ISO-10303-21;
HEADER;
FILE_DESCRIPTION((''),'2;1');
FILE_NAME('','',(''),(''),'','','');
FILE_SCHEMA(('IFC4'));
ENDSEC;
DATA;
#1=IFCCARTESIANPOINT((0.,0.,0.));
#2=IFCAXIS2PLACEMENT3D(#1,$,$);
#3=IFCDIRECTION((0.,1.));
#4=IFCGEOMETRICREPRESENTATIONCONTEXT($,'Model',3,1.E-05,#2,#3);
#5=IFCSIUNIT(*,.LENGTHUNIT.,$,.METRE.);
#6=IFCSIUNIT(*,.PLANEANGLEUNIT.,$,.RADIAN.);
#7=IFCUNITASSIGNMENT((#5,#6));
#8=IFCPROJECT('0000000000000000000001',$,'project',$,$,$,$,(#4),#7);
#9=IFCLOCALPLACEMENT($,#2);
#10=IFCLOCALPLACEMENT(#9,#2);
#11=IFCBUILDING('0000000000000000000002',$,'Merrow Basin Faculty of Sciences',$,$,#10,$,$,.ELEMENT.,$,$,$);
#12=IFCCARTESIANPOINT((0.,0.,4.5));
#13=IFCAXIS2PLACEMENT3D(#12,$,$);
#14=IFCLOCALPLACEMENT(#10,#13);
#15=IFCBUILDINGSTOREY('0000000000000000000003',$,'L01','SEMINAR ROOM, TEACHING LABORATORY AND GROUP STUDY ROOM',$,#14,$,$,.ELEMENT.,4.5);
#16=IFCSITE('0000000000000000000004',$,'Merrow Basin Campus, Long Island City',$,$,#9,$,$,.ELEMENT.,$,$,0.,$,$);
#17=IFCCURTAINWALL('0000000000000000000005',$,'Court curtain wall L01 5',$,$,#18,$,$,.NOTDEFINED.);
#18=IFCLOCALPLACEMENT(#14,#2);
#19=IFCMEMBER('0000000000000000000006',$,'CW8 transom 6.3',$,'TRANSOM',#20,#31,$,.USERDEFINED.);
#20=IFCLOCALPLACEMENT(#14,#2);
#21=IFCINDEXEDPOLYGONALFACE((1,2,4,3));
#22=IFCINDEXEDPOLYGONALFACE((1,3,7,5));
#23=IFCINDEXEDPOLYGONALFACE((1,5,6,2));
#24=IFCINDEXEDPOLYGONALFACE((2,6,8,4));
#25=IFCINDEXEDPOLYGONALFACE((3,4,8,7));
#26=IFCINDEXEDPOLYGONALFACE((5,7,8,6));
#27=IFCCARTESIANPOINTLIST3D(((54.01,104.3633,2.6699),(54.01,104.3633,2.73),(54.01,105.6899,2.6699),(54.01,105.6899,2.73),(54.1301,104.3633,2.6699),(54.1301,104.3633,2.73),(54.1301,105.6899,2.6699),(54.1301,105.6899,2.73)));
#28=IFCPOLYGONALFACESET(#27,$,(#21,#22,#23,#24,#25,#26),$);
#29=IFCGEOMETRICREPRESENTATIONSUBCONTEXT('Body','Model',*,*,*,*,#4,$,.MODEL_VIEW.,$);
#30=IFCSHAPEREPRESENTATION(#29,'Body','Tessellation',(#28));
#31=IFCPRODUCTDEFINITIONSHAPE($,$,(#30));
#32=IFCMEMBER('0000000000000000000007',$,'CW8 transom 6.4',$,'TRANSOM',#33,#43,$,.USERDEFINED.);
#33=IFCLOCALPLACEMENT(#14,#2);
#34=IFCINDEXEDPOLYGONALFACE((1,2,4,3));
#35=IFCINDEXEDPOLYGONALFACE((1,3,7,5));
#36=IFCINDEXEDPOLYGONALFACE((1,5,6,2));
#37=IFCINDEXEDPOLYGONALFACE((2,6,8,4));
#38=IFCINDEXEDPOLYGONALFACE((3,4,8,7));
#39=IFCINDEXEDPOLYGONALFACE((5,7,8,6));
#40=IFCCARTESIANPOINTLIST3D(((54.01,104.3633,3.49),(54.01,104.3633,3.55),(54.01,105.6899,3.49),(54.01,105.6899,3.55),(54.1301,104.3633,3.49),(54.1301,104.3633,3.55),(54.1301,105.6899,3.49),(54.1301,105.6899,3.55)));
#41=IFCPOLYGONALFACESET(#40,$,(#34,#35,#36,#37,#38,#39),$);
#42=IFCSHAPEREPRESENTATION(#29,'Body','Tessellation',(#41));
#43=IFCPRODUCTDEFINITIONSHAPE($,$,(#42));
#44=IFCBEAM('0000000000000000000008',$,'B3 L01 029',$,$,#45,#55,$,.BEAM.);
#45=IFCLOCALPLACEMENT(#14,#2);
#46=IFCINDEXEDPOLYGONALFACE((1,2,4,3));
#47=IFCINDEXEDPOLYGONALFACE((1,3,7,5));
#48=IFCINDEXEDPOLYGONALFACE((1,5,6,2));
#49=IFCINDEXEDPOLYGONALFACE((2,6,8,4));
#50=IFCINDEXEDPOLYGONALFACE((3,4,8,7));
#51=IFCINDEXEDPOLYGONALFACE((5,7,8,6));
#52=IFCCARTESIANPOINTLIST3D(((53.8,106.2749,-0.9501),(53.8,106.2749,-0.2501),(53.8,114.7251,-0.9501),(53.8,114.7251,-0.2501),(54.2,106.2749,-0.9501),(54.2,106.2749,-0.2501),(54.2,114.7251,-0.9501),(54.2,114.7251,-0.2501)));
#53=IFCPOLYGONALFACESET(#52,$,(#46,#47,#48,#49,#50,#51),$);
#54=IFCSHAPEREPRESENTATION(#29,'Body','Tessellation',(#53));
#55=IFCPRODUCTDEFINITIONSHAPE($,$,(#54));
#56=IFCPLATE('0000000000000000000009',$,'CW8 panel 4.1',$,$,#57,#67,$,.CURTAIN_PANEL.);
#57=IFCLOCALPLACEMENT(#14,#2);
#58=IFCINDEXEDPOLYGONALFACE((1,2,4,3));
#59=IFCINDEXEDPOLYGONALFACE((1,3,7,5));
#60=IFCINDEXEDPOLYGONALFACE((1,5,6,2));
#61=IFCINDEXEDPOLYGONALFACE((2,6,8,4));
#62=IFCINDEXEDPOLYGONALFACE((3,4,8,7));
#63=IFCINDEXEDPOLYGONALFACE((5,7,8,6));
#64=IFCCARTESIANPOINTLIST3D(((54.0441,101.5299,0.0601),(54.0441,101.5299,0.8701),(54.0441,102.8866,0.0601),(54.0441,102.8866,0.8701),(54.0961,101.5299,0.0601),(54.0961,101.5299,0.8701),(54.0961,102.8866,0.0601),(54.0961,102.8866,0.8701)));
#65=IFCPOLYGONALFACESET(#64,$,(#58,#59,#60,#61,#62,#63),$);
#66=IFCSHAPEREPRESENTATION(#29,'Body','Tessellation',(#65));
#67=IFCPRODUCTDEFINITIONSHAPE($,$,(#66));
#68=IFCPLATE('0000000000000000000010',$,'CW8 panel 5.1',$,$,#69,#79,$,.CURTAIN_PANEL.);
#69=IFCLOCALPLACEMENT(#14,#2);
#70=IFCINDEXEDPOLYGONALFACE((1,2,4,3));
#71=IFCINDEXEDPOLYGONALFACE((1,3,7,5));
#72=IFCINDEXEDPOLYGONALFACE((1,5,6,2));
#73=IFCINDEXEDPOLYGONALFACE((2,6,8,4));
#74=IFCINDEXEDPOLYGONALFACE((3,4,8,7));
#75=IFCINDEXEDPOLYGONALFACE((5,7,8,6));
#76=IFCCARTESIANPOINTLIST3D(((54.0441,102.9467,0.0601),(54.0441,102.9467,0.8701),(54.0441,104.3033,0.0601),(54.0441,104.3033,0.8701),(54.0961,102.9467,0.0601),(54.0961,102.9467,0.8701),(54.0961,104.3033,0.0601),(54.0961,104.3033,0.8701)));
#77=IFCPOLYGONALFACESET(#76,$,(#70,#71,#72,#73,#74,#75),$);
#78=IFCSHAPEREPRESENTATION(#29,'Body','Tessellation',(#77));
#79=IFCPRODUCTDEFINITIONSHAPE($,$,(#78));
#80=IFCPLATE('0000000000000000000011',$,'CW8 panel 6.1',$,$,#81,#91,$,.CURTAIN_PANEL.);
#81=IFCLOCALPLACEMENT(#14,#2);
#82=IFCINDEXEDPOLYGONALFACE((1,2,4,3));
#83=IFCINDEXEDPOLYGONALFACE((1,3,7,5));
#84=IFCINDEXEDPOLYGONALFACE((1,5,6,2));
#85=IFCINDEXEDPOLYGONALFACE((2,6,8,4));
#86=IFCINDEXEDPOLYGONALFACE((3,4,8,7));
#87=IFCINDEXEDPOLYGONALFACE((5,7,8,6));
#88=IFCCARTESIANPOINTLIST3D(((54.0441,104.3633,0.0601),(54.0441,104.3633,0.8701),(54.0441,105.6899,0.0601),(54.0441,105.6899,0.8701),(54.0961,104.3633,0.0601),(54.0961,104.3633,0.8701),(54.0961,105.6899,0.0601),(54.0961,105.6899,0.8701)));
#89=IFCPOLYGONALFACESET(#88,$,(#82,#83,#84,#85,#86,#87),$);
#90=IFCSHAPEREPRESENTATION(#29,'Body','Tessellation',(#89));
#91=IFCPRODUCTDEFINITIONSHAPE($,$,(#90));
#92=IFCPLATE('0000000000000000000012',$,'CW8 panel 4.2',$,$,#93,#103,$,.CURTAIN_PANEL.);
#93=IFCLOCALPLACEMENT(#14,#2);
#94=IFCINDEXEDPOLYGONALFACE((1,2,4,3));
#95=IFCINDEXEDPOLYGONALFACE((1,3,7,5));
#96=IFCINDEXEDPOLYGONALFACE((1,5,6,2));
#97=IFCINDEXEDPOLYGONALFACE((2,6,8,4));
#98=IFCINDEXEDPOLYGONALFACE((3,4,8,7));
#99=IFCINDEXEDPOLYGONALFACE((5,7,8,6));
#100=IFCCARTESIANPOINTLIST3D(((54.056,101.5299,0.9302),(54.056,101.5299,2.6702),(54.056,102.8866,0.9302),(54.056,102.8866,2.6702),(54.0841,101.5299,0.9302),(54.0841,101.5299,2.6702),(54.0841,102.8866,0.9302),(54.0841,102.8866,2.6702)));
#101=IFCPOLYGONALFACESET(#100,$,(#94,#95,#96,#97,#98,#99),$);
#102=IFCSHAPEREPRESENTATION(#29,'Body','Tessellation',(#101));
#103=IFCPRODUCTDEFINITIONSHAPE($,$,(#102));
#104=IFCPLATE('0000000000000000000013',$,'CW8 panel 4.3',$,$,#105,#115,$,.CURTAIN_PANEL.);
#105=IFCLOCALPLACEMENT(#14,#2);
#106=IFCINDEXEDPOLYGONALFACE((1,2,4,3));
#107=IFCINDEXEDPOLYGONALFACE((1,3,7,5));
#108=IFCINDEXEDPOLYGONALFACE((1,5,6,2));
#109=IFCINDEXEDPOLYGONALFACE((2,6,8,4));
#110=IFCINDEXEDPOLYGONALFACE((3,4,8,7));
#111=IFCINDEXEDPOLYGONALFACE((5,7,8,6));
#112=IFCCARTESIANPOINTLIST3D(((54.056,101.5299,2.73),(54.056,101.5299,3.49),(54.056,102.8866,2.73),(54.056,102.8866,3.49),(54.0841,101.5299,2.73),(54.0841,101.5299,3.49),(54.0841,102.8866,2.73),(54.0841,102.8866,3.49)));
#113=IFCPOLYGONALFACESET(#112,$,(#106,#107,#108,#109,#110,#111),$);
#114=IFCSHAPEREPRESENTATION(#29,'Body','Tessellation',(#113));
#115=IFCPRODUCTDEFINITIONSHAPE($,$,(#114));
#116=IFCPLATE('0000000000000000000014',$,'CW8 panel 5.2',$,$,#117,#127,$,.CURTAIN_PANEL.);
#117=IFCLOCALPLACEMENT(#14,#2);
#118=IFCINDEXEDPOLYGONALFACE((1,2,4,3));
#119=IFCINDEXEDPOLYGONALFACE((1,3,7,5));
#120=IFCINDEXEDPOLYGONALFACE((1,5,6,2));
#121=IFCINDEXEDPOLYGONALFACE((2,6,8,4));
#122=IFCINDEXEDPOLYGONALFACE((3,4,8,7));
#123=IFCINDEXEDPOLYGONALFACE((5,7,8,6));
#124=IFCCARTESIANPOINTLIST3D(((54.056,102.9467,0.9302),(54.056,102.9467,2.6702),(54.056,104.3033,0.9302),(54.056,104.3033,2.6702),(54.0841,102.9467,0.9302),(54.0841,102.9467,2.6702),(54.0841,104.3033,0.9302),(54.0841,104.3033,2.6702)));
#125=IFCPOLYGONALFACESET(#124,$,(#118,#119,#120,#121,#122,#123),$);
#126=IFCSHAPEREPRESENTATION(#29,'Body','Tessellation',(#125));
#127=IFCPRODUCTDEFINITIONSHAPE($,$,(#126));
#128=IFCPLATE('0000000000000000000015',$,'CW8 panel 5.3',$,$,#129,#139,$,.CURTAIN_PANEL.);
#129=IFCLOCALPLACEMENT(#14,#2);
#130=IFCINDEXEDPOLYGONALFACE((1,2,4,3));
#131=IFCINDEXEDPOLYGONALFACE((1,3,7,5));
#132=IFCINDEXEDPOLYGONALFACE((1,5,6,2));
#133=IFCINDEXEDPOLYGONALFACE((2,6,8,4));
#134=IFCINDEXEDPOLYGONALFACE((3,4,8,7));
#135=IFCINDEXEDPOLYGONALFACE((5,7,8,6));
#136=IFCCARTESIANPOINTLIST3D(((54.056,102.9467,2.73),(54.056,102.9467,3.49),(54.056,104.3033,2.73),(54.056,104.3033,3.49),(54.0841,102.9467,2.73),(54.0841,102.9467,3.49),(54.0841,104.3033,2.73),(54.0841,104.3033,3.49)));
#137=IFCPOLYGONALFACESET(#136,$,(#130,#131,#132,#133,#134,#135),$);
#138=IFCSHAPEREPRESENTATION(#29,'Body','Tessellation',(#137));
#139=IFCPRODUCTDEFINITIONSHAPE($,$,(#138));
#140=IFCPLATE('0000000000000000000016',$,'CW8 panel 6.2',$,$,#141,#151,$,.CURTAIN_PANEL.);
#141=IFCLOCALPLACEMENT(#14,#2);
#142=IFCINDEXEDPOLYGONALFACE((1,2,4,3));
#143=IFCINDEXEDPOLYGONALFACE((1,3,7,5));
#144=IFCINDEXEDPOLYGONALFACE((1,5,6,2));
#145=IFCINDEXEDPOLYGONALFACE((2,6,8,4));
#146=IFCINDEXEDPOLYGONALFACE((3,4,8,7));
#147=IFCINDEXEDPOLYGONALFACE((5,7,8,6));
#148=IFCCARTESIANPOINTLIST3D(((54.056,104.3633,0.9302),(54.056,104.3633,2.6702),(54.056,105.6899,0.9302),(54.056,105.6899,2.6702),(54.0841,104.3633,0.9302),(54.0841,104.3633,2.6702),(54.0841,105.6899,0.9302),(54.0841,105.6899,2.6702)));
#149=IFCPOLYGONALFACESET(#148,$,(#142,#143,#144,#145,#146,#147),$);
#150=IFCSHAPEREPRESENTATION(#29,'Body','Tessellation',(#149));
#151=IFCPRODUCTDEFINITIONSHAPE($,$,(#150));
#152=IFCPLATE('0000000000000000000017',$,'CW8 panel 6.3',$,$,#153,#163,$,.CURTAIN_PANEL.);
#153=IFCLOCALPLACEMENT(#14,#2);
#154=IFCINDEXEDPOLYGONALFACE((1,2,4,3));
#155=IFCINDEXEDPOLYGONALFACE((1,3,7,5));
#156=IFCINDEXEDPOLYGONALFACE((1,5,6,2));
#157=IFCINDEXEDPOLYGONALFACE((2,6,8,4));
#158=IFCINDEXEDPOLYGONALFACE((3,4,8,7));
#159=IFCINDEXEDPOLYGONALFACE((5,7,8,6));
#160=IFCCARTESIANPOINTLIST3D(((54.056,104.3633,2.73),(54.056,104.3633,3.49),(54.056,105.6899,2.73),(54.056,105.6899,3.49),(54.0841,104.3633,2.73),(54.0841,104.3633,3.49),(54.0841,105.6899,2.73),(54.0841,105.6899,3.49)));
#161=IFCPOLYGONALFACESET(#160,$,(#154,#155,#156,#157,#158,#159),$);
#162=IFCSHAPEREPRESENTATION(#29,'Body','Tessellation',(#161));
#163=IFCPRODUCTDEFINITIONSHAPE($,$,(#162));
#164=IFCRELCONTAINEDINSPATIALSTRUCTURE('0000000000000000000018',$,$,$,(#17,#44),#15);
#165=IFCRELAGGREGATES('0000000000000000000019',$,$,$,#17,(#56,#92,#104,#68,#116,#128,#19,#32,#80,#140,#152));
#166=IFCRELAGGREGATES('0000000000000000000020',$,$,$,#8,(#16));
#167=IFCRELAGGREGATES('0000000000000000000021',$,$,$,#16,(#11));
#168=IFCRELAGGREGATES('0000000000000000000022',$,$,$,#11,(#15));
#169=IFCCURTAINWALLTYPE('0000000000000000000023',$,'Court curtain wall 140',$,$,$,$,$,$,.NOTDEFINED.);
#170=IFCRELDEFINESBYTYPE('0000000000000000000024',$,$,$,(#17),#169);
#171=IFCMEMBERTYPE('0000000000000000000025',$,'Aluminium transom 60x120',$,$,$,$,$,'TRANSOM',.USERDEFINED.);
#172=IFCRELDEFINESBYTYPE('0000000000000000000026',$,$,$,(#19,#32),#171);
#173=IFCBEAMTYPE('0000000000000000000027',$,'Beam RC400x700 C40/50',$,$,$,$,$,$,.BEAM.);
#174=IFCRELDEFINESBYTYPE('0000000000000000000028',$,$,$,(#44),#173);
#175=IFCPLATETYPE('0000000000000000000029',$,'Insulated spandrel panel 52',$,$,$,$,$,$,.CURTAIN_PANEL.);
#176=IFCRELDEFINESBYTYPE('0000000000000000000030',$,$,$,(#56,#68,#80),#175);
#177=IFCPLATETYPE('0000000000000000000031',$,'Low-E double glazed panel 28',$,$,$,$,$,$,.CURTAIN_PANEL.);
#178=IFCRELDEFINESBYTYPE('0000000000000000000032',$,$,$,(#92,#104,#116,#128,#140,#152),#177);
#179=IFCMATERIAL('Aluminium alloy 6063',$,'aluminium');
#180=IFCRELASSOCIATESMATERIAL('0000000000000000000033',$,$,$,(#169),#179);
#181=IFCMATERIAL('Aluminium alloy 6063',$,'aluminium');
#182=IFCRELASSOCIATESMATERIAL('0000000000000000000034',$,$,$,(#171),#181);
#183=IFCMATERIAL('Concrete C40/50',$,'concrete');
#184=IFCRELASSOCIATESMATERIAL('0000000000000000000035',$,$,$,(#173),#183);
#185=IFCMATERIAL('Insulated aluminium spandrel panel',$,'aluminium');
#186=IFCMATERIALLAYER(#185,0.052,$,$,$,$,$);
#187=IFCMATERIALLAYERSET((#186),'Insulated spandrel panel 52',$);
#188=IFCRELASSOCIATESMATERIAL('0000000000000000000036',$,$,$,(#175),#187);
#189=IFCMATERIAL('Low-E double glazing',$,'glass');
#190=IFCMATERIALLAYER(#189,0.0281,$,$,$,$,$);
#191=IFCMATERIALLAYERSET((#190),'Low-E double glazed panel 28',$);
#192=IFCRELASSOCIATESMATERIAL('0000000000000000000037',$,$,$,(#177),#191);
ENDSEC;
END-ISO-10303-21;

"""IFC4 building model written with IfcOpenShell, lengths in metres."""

from ifc_helpers import new_model, si_unit, direction, frame, origin, origin_2d, place, context, subcontext, project, spatial, rectangle, extrude, material, layer, layer_set, material_profile, profile_set, type_object, element, aggregate, save


model = new_model("IFC4")

# Units and contexts
model_context = context("Model", 3, precision=1e-05, world=origin(), true_north=direction((0.0, 1.0)))
body_context = subcontext(model_context, "Body", "Model", "MODEL_VIEW")
ifc_project = project(units=[si_unit("LENGTHUNIT", "METRE"), si_unit("PLANEANGLEUNIT", "RADIAN")], contexts=[model_context])

# Site, building, storey
site_placement = place(None, origin())
site = spatial("IfcSite", under=ifc_project, at=site_placement, Name="Merrow Basin Campus, Long Island City", CompositionType="ELEMENT", RefElevation=0.0)
building_placement = place(site_placement, origin())
building = spatial("IfcBuilding", under=site, at=building_placement, Name="Merrow Basin Faculty of Sciences", CompositionType="ELEMENT")
storey_placement = place(building_placement, frame((0.0, 0.0, 4.5)))
storey = spatial("IfcBuildingStorey", under=building, at=storey_placement, Name="L01", Description="SEMINAR ROOM, TEACHING LABORATORY AND GROUP STUDY ROOM", CompositionType="ELEMENT", Elevation=4.5)

# Curtain wall
ifc_material_1 = material(Name="Aluminium alloy 6063", Category="aluminium")
curtain_wall_type = type_object("IfcCurtainWallType", Name="Court curtain wall 140", PredefinedType="NOTDEFINED", material=ifc_material_1)
curtain_wall_1_placement = place(storey_placement, origin())
curtain_wall_1 = element("IfcCurtainWall", 1, at=curtain_wall_1_placement, inside=storey, type_object=curtain_wall_type, Name="Court curtain wall L01 5", PredefinedType="NOTDEFINED")

# Members
ifc_material_2 = material(Name="Aluminium alloy 6063", Category="aluminium")
ifc_material_profile_1 = material_profile(ifc_material_2, rectangle(XDim=0.1201, YDim=0.0601, at=origin_2d()))
ifc_profile_set_1 = profile_set([ifc_material_profile_1], Name="Aluminium alloy 6063")
member_type_1 = type_object("IfcMemberType", Name="Aluminium transom 60x120", ElementType="TRANSOM", PredefinedType="USERDEFINED", material=ifc_profile_set_1)
member_1_placement = place(storey_placement, frame((54.0701, 104.3633, 2.7), z_axis=(0.0, 1.0, 0.0), x_axis=(-1.0, 0.0, 0.0)))
member_1 = element("IfcMember", 2, at=member_1_placement, type_object=member_type_1, Name="CW8 transom 6.3", ObjectType="TRANSOM", PredefinedType="USERDEFINED", context=body_context, shape_type="SweptSolid", body=[
    extrude(rectangle(XDim=0.1201, YDim=0.0601, at=origin_2d()), origin(), (0.0, 0.0, 1.0), 1.3267),
])
member_2_placement = place(storey_placement, frame((54.0701, 104.3633, 3.52), z_axis=(0.0, 1.0, 0.0), x_axis=(-1.0, 0.0, 0.0)))
member_2 = element("IfcMember", 3, at=member_2_placement, type_object=member_type_1, Name="CW8 transom 6.4", ObjectType="TRANSOM", PredefinedType="USERDEFINED", context=body_context, shape_type="SweptSolid", body=[
    extrude(rectangle(XDim=0.1201, YDim=0.0601, at=origin_2d()), origin(), (0.0, 0.0, 1.0), 1.3267),
])

# Beam
ifc_material_3 = material(Name="Concrete C40/50", Category="concrete")
ifc_material_profile_2 = material_profile(ifc_material_3, rectangle(XDim=0.3999, YDim=0.7, at=origin_2d()))
ifc_profile_set_2 = profile_set([ifc_material_profile_2], Name="Concrete C40/50")
beam_type = type_object("IfcBeamType", Name="Beam RC400x700 C40/50", PredefinedType="BEAM", material=ifc_profile_set_2)
beam_placement = place(storey_placement, frame((54.0, 106.2749, -0.6001), z_axis=(0.0, 1.0, 0.0), x_axis=(-1.0, 0.0, 0.0)))
element("IfcBeam", 4, at=beam_placement, inside=storey, type_object=beam_type, Name="B3 L01 029", PredefinedType="BEAM", context=body_context, shape_type="SweptSolid", body=[
    extrude(rectangle(XDim=0.3999, YDim=0.7, at=origin_2d()), origin(), (0.0, 0.0, 1.0), 8.4502),
])

# Plates
ifc_material_4 = material(Name="Insulated aluminium spandrel panel", Category="aluminium")
ifc_layer_1 = layer(ifc_material_4, 0.052)
ifc_layer_set_1 = layer_set([ifc_layer_1], Name="Insulated spandrel panel 52")
plate_type_1 = type_object("IfcPlateType", Name="Insulated spandrel panel 52", PredefinedType="CURTAIN_PANEL", material=ifc_layer_set_1)
plate_1_placement = place(storey_placement, frame((54.0701, 102.2083, 0.0601), z_axis=(0.0, 0.0, 1.0), x_axis=(0.0, 1.0, 0.0)))
plate_1 = element("IfcPlate", 5, at=plate_1_placement, type_object=plate_type_1, Name="CW8 panel 4.1", PredefinedType="CURTAIN_PANEL", context=body_context, shape_type="SweptSolid", body=[
    extrude(rectangle(XDim=1.3567, YDim=0.052, at=origin_2d()), origin(), (0.0, 0.0, 1.0), 0.8101),
])
plate_2_placement = place(storey_placement, frame((54.0701, 103.625, 0.0601), z_axis=(0.0, 0.0, 1.0), x_axis=(0.0, 1.0, 0.0)))
plate_2 = element("IfcPlate", 6, at=plate_2_placement, type_object=plate_type_1, Name="CW8 panel 5.1", PredefinedType="CURTAIN_PANEL", context=body_context, shape_type="SweptSolid", body=[
    extrude(rectangle(XDim=1.3567, YDim=0.052, at=origin_2d()), origin(), (0.0, 0.0, 1.0), 0.8101),
])
plate_3_placement = place(storey_placement, frame((54.0701, 105.0266, 0.0601), z_axis=(0.0, 0.0, 1.0), x_axis=(0.0, 1.0, 0.0)))
plate_3 = element("IfcPlate", 7, at=plate_3_placement, type_object=plate_type_1, Name="CW8 panel 6.1", PredefinedType="CURTAIN_PANEL", context=body_context, shape_type="SweptSolid", body=[
    extrude(rectangle(XDim=1.3267, YDim=0.052, at=origin_2d()), origin(), (0.0, 0.0, 1.0), 0.8101),
])
ifc_material_5 = material(Name="Low-E double glazing", Category="glass")
ifc_layer_2 = layer(ifc_material_5, 0.0281)
ifc_layer_set_2 = layer_set([ifc_layer_2], Name="Low-E double glazed panel 28")
plate_type_2 = type_object("IfcPlateType", Name="Low-E double glazed panel 28", PredefinedType="CURTAIN_PANEL", material=ifc_layer_set_2)
plate_4_placement = place(storey_placement, frame((54.0701, 102.2083, 0.9302), z_axis=(0.0, 0.0, 1.0), x_axis=(0.0, 1.0, 0.0)))
plate_4 = element("IfcPlate", 8, at=plate_4_placement, type_object=plate_type_2, Name="CW8 panel 4.2", PredefinedType="CURTAIN_PANEL", context=body_context, shape_type="SweptSolid", body=[
    extrude(rectangle(XDim=1.3567, YDim=0.0281, at=origin_2d()), origin(), (0.0, 0.0, 1.0), 1.74),
])
plate_5_placement = place(storey_placement, frame((54.0701, 102.2083, 2.73), z_axis=(0.0, 0.0, 1.0), x_axis=(0.0, 1.0, 0.0)))
plate_5 = element("IfcPlate", 9, at=plate_5_placement, type_object=plate_type_2, Name="CW8 panel 4.3", PredefinedType="CURTAIN_PANEL", context=body_context, shape_type="SweptSolid", body=[
    extrude(rectangle(XDim=1.3567, YDim=0.0281, at=origin_2d()), origin(), (0.0, 0.0, 1.0), 0.76),
])
plate_6_placement = place(storey_placement, frame((54.0701, 103.625, 0.9302), z_axis=(0.0, 0.0, 1.0), x_axis=(0.0, 1.0, 0.0)))
plate_6 = element("IfcPlate", 10, at=plate_6_placement, type_object=plate_type_2, Name="CW8 panel 5.2", PredefinedType="CURTAIN_PANEL", context=body_context, shape_type="SweptSolid", body=[
    extrude(rectangle(XDim=1.3567, YDim=0.0281, at=origin_2d()), origin(), (0.0, 0.0, 1.0), 1.74),
])
plate_7_placement = place(storey_placement, frame((54.0701, 103.625, 2.73), z_axis=(0.0, 0.0, 1.0), x_axis=(0.0, 1.0, 0.0)))
plate_7 = element("IfcPlate", 11, at=plate_7_placement, type_object=plate_type_2, Name="CW8 panel 5.3", PredefinedType="CURTAIN_PANEL", context=body_context, shape_type="SweptSolid", body=[
    extrude(rectangle(XDim=1.3567, YDim=0.0281, at=origin_2d()), origin(), (0.0, 0.0, 1.0), 0.76),
])
plate_8_placement = place(storey_placement, frame((54.0701, 105.0266, 0.9302), z_axis=(0.0, 0.0, 1.0), x_axis=(0.0, 1.0, 0.0)))
plate_8 = element("IfcPlate", 12, at=plate_8_placement, type_object=plate_type_2, Name="CW8 panel 6.2", PredefinedType="CURTAIN_PANEL", context=body_context, shape_type="SweptSolid", body=[
    extrude(rectangle(XDim=1.3267, YDim=0.0281, at=origin_2d()), origin(), (0.0, 0.0, 1.0), 1.74),
])
plate_9_placement = place(storey_placement, frame((54.0701, 105.0266, 2.73), z_axis=(0.0, 0.0, 1.0), x_axis=(0.0, 1.0, 0.0)))
plate_9 = element("IfcPlate", 13, at=plate_9_placement, type_object=plate_type_2, Name="CW8 panel 6.3", PredefinedType="CURTAIN_PANEL", context=body_context, shape_type="SweptSolid", body=[
    extrude(rectangle(XDim=1.3267, YDim=0.0281, at=origin_2d()), origin(), (0.0, 0.0, 1.0), 0.76),
])
aggregate(curtain_wall_1, [plate_1, plate_4, plate_5, plate_2, plate_6, plate_7, member_1, member_2, plate_3, plate_8, plate_9])

save(model, "model.ifc")
